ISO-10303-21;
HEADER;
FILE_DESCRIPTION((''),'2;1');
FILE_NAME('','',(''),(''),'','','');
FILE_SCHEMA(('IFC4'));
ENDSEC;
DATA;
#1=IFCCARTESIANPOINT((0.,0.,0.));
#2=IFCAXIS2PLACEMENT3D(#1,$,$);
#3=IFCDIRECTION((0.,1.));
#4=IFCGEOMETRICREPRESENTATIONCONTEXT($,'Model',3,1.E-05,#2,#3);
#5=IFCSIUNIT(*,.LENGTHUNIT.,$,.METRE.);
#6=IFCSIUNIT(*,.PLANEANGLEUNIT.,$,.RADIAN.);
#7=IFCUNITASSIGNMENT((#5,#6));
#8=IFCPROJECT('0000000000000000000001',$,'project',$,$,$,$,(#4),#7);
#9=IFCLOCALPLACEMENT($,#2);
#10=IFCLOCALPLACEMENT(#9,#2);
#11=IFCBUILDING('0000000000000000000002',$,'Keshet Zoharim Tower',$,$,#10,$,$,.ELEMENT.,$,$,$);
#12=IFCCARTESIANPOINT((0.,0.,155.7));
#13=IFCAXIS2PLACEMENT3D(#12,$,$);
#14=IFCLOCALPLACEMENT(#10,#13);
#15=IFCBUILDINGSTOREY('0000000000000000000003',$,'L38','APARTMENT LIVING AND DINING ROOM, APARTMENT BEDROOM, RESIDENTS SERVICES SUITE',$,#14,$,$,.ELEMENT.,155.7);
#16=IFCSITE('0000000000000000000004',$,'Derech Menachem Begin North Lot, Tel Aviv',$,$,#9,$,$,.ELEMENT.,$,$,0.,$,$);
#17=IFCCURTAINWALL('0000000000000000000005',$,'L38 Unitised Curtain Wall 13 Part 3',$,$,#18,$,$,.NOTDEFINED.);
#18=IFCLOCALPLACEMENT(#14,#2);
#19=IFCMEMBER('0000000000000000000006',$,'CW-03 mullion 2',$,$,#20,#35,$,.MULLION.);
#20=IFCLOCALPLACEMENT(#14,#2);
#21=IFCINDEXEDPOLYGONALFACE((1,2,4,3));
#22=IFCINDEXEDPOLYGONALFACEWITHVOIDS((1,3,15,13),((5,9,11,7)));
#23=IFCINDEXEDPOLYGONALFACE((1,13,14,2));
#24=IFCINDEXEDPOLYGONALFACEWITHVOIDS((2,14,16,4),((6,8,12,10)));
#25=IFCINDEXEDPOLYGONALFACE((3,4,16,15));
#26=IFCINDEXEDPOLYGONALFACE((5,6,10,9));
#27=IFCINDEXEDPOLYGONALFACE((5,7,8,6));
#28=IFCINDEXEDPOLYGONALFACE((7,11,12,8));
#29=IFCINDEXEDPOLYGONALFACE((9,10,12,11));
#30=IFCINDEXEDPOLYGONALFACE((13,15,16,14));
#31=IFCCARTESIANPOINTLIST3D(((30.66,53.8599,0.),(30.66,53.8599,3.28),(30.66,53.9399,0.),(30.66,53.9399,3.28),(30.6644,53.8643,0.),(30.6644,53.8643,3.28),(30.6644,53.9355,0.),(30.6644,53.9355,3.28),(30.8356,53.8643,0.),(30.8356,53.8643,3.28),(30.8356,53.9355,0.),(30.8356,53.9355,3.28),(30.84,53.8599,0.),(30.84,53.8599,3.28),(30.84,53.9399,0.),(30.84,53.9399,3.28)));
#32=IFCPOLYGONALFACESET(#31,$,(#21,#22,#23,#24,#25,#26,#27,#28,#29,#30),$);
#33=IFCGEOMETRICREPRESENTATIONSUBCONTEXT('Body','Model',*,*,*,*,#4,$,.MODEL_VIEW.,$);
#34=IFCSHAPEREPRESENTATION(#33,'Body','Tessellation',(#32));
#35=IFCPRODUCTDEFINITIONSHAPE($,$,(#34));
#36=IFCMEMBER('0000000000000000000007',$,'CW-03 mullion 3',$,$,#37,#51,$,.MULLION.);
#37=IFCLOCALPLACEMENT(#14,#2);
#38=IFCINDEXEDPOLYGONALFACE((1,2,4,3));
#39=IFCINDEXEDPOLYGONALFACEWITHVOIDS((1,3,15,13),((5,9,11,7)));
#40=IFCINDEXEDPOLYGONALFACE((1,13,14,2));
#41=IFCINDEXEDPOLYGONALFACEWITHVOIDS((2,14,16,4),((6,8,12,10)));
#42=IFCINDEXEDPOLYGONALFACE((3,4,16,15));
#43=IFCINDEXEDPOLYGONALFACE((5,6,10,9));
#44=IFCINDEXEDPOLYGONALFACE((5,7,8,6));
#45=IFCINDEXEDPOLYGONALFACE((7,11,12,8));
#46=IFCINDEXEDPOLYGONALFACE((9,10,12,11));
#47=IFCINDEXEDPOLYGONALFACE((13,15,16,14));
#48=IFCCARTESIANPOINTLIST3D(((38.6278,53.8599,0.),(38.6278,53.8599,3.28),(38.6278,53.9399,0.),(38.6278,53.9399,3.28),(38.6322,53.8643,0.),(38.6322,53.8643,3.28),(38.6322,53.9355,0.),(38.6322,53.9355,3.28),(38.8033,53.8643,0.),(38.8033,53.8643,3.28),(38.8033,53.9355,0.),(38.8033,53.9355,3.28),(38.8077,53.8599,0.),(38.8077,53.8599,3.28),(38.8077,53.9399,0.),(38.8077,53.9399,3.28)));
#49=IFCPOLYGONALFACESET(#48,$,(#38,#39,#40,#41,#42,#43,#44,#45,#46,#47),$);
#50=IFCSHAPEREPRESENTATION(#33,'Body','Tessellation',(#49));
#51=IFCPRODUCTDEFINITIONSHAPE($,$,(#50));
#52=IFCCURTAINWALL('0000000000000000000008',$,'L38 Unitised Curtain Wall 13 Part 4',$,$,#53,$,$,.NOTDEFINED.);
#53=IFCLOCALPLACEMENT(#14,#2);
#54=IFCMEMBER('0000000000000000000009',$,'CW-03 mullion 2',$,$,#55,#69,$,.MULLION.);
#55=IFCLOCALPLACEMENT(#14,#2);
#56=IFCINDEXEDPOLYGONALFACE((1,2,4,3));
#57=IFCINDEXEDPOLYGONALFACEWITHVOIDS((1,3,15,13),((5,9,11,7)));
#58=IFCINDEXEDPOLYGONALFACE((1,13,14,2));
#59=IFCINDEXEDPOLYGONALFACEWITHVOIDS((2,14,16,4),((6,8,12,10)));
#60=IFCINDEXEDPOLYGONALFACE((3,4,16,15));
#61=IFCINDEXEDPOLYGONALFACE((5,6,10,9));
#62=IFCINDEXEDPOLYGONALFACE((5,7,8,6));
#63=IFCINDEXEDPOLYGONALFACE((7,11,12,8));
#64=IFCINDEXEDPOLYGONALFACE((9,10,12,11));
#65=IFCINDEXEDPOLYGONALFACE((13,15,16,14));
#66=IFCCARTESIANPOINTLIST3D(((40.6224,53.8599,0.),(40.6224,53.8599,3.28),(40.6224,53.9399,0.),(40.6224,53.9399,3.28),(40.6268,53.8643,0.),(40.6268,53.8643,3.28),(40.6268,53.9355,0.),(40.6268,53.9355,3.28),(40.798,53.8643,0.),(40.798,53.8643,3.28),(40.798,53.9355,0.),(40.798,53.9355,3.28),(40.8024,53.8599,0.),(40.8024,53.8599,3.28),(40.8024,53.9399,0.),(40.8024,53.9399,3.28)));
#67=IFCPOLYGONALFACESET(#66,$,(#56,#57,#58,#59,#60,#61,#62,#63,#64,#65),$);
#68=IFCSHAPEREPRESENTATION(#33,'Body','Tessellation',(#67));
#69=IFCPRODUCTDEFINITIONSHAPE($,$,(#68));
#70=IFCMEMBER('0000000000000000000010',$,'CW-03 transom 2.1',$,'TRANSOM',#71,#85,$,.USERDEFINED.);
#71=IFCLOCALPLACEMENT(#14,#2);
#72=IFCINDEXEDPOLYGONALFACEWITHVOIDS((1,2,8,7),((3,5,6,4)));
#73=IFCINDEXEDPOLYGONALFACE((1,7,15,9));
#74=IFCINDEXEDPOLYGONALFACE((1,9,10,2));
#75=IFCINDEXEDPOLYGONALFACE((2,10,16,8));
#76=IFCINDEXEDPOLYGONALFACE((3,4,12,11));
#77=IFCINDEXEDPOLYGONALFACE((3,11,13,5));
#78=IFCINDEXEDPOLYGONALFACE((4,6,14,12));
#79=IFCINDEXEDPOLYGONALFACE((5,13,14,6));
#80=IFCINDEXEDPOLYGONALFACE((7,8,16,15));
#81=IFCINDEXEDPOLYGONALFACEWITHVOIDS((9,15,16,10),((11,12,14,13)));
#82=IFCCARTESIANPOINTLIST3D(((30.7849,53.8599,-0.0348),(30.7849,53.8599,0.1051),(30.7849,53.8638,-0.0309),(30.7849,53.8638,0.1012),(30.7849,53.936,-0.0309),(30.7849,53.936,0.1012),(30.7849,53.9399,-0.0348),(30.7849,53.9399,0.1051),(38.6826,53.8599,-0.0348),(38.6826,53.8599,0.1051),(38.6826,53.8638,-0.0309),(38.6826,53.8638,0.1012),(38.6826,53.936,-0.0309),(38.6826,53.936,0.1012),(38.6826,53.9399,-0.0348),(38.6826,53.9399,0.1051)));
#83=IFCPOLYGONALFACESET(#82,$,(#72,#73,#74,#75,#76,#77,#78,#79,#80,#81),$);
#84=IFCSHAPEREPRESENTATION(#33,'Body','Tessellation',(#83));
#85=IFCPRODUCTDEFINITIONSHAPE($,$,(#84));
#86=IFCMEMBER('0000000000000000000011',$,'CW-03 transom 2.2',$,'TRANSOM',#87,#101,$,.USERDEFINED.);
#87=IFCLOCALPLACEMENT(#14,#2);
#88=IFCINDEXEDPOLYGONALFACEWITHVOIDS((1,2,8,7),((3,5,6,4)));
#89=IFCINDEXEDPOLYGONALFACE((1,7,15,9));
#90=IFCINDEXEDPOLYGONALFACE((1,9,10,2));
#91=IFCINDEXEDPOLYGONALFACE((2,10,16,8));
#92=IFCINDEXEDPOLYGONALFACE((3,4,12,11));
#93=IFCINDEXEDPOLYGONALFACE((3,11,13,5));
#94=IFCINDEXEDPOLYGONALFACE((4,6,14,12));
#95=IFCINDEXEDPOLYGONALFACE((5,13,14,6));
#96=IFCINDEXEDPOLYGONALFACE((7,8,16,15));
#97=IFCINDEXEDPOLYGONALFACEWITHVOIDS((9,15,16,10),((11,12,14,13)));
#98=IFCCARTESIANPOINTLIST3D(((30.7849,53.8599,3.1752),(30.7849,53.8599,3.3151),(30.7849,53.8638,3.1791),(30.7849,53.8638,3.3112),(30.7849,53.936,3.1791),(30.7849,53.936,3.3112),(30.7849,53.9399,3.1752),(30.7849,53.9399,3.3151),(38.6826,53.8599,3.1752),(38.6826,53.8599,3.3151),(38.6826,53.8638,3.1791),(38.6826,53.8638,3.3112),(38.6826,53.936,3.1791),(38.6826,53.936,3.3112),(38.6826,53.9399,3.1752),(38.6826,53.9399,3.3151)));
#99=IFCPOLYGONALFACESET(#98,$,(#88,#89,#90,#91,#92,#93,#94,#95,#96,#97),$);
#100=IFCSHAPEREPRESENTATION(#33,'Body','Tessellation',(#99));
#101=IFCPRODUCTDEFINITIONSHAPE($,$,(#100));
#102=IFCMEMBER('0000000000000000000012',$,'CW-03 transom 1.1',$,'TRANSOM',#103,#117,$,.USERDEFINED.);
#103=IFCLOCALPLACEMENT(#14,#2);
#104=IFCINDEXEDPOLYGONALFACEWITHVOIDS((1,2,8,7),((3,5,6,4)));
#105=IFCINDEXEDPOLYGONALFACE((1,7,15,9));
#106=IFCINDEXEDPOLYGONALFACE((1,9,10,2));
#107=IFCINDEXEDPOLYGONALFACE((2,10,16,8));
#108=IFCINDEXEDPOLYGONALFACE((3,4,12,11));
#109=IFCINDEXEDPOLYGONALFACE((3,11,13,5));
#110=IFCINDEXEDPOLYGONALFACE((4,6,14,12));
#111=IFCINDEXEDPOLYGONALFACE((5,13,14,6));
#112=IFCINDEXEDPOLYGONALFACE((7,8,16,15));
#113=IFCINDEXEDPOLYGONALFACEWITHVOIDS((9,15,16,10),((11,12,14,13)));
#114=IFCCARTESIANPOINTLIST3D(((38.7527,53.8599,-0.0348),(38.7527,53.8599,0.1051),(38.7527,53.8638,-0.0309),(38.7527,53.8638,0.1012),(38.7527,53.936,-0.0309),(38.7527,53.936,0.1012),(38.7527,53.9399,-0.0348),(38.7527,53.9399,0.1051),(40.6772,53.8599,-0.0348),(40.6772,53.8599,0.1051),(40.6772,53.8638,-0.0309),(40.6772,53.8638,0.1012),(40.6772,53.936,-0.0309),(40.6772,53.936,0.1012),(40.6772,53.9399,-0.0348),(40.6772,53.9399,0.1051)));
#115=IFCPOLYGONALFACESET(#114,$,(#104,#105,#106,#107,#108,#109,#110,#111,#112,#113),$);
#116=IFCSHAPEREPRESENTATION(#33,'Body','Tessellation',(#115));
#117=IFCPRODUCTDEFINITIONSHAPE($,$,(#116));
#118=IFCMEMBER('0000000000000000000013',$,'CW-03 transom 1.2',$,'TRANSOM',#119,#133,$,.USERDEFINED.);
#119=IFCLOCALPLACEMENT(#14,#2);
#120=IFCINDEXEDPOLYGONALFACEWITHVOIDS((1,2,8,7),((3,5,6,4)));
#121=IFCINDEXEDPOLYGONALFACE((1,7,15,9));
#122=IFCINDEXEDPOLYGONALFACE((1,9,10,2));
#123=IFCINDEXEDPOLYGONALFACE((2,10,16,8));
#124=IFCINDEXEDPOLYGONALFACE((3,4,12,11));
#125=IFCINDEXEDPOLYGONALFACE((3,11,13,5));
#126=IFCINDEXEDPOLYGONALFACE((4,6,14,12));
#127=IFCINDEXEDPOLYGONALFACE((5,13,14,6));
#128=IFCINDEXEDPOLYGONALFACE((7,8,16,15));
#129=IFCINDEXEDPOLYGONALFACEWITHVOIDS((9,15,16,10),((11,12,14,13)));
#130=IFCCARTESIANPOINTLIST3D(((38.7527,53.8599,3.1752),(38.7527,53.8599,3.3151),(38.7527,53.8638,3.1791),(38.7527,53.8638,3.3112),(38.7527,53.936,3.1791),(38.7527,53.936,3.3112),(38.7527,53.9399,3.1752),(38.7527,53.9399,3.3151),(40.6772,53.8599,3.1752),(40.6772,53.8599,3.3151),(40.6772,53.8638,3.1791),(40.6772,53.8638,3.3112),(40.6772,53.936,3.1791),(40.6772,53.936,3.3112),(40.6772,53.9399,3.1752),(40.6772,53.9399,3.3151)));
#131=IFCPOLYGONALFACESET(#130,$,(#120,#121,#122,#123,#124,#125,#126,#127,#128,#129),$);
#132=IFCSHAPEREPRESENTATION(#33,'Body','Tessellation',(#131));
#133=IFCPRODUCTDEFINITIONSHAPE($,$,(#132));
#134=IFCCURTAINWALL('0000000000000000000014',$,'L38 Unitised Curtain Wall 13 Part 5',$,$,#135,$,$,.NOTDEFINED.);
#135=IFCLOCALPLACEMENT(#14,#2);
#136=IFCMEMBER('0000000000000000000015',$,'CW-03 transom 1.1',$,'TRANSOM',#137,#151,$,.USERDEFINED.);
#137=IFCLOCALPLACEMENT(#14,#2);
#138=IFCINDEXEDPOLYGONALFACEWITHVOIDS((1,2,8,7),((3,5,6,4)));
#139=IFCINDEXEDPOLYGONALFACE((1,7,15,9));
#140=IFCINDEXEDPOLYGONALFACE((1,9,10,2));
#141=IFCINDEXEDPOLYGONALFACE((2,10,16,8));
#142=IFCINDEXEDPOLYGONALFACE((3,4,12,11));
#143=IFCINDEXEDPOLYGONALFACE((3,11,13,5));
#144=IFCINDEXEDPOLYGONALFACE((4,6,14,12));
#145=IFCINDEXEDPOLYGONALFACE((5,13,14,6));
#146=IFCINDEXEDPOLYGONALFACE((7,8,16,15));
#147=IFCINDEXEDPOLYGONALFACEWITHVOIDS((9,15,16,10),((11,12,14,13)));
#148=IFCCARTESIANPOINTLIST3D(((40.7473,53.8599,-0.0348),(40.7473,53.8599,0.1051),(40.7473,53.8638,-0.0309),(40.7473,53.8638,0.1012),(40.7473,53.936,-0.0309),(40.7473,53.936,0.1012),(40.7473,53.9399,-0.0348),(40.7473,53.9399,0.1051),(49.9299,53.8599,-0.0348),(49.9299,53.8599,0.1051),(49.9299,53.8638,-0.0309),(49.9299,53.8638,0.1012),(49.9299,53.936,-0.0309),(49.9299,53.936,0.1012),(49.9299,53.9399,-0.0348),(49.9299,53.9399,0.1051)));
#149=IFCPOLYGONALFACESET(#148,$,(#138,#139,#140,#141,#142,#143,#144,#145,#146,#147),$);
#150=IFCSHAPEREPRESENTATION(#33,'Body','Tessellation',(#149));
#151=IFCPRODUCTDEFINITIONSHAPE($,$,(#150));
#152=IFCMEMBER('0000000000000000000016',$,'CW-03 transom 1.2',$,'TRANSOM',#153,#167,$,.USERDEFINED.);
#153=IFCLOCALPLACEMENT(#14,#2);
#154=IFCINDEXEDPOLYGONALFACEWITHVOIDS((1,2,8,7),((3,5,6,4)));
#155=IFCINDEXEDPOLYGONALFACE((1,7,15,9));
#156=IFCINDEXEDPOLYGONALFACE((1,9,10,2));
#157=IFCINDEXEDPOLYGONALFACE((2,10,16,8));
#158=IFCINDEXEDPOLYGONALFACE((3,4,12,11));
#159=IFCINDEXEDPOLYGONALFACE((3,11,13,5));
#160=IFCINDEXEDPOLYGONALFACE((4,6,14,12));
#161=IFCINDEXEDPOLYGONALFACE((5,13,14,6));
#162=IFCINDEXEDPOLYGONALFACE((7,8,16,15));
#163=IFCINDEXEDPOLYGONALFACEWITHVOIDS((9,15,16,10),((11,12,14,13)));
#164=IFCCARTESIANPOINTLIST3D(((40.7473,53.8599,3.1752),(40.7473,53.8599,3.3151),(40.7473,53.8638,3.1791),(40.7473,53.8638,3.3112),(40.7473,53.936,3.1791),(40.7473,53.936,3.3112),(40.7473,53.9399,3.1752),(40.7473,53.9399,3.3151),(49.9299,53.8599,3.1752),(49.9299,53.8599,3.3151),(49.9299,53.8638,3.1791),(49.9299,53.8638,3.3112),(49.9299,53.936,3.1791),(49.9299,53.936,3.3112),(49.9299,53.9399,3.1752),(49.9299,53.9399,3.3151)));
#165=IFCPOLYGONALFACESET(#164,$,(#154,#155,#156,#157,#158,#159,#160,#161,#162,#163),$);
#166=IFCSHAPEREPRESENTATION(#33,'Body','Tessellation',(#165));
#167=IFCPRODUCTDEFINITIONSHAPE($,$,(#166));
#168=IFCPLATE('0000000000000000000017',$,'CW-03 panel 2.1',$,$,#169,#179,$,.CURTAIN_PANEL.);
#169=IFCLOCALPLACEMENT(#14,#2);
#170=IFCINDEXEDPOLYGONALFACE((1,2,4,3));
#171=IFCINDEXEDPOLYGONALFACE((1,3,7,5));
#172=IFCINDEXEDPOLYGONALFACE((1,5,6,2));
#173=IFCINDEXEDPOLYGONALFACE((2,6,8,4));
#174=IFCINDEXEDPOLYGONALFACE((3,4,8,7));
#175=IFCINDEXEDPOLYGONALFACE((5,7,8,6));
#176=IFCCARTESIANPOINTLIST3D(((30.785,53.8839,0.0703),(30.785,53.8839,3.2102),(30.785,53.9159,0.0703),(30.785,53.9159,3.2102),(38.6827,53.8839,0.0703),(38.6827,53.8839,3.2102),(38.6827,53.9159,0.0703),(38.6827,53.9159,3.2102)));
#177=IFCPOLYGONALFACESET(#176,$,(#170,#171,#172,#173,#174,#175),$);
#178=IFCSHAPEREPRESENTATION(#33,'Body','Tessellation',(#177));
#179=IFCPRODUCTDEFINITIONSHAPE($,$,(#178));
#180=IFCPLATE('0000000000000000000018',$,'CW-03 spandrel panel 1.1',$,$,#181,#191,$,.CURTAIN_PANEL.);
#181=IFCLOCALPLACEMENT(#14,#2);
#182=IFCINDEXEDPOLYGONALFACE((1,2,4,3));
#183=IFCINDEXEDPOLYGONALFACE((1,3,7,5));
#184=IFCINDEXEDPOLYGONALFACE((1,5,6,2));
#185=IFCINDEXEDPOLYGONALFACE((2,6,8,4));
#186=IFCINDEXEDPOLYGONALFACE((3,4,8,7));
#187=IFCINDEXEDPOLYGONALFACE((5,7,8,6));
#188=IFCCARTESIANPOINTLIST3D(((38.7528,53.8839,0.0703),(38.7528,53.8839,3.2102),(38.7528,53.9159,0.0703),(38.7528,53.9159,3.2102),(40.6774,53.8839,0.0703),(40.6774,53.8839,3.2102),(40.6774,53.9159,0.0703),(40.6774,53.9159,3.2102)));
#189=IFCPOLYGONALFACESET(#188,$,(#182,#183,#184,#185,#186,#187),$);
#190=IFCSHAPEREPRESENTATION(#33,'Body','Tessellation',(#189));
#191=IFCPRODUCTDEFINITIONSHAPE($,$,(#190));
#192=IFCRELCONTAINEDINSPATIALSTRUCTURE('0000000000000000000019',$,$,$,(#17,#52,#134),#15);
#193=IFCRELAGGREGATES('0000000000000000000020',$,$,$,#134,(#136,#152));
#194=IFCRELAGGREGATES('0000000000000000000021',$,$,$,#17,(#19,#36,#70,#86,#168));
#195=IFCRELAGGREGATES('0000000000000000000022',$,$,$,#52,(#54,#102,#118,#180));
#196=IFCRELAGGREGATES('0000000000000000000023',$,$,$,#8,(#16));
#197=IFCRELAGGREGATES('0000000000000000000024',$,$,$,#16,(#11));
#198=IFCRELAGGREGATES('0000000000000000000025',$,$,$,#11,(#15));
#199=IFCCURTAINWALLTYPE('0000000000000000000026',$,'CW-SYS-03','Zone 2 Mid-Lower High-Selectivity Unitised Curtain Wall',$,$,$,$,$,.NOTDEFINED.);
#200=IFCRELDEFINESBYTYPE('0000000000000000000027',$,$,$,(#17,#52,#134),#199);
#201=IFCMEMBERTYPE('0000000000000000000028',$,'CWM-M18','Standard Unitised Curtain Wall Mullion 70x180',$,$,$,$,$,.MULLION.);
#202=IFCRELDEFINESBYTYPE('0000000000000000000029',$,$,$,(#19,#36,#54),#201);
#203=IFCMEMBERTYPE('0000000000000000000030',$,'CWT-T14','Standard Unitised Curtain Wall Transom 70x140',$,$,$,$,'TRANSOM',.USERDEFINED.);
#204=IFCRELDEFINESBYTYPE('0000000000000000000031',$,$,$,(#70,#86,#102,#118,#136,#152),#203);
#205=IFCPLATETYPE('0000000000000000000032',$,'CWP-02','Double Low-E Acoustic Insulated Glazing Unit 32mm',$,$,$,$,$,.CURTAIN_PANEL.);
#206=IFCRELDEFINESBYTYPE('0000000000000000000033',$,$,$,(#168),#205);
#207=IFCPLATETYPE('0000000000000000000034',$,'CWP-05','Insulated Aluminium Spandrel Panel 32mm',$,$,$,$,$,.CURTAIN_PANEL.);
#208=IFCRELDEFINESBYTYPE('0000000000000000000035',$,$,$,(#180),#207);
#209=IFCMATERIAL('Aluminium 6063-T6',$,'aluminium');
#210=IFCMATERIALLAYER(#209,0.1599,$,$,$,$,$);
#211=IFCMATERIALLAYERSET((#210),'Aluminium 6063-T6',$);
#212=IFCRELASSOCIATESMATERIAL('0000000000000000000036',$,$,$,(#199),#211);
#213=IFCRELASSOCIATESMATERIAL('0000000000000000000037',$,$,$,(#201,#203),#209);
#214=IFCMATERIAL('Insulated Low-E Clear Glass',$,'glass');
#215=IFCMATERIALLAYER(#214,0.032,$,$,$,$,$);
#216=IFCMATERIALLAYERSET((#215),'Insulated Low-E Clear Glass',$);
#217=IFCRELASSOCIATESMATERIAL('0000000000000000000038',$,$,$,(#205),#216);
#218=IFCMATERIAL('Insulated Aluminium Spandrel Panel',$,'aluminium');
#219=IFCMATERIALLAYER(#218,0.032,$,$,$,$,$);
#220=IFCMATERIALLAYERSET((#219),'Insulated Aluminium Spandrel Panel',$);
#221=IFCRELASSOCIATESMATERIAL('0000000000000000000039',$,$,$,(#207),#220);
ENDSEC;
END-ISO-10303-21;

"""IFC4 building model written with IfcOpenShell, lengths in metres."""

from ifc_helpers import new_model, si_unit, direction, frame, origin, origin_2d, place, context, subcontext, project, spatial, rectangle, hollow_rectangle, extrude, material, layer, layer_set, material_profile, profile_set, type_object, element, aggregate, save


model = new_model("IFC4")

# Units and contexts
model_context = context("Model", 3, precision=1e-05, world=origin(), true_north=direction((0.0, 1.0)))
body_context = subcontext(model_context, "Body", "Model", "MODEL_VIEW")
ifc_project = project(units=[si_unit("LENGTHUNIT", "METRE"), si_unit("PLANEANGLEUNIT", "RADIAN")], contexts=[model_context])

# Site, building, storey
site_placement = place(None, origin())
site = spatial("IfcSite", under=ifc_project, at=site_placement, Name="Derech Menachem Begin North Lot, Tel Aviv", CompositionType="ELEMENT", RefElevation=0.0)
building_placement = place(site_placement, origin())
building = spatial("IfcBuilding", under=site, at=building_placement, Name="Keshet Zoharim Tower", CompositionType="ELEMENT")
storey_placement = place(building_placement, frame((0.0, 0.0, 155.7)))
storey = spatial("IfcBuildingStorey", under=building, at=storey_placement, Name="L38", Description="APARTMENT LIVING AND DINING ROOM, APARTMENT BEDROOM, RESIDENTS SERVICES SUITE", CompositionType="ELEMENT", Elevation=155.7)

# Curtain wall, members
ifc_material_1 = material(Name="Aluminium 6063-T6", Category="aluminium")
ifc_layer_1 = layer(ifc_material_1, 0.1599)
ifc_layer_set_1 = layer_set([ifc_layer_1], Name="Aluminium 6063-T6")
curtain_wall_type = type_object("IfcCurtainWallType", Name="CW-SYS-03", Description="Zone 2 Mid-Lower High-Selectivity Unitised Curtain Wall", PredefinedType="NOTDEFINED", material=ifc_layer_set_1)
curtain_wall_1_placement = place(storey_placement, origin())
curtain_wall_1 = element("IfcCurtainWall", 1, at=curtain_wall_1_placement, inside=storey, type_object=curtain_wall_type, Name="L38 Unitised Curtain Wall 13 Part 3", PredefinedType="NOTDEFINED")
ifc_material_profile_1 = material_profile(ifc_material_1, hollow_rectangle(XDim=0.0801, YDim=0.1799, WallThickness=0.0044, at=origin_2d()), Name="MUL-80x180")
ifc_profile_set_1 = profile_set([ifc_material_profile_1], Name="Aluminium 6063-T6")
member_type_1 = type_object("IfcMemberType", Name="CWM-M18", Description="Standard Unitised Curtain Wall Mullion 70x180", PredefinedType="MULLION", material=ifc_profile_set_1)
member_1_placement = place(storey_placement, frame((30.75, 53.8999, 0.0), z_axis=(0.0, 0.0, 1.0), x_axis=(0.0, 1.0, 0.0)))
member_1 = element("IfcMember", 2, at=member_1_placement, type_object=member_type_1, Name="CW-03 mullion 2", PredefinedType="MULLION", context=body_context, shape_type="SweptSolid", body=[
    extrude(hollow_rectangle(XDim=0.0801, YDim=0.1799, WallThickness=0.0044, at=origin_2d()), origin(), (0.0, 0.0, 1.0), 3.28),
])
member_2_placement = place(storey_placement, frame((38.7178, 53.8999, 0.0), z_axis=(0.0, 0.0, 1.0), x_axis=(0.0, 1.0, 0.0)))
member_2 = element("IfcMember", 3, at=member_2_placement, type_object=member_type_1, Name="CW-03 mullion 3", PredefinedType="MULLION", context=body_context, shape_type="SweptSolid", body=[
    extrude(hollow_rectangle(XDim=0.0801, YDim=0.1799, WallThickness=0.0044, at=origin_2d()), origin(), (0.0, 0.0, 1.0), 3.28),
])

# Curtain wall, member
curtain_wall_2_placement = place(storey_placement, origin())
curtain_wall_2 = element("IfcCurtainWall", 4, at=curtain_wall_2_placement, inside=storey, type_object=curtain_wall_type, Name="L38 Unitised Curtain Wall 13 Part 4", PredefinedType="NOTDEFINED")
member_3_placement = place(storey_placement, frame((40.7124, 53.8999, 0.0), z_axis=(0.0, 0.0, 1.0), x_axis=(0.0, 1.0, 0.0)))
member_3 = element("IfcMember", 5, at=member_3_placement, type_object=member_type_1, Name="CW-03 mullion 2", PredefinedType="MULLION", context=body_context, shape_type="SweptSolid", body=[
    extrude(hollow_rectangle(XDim=0.0801, YDim=0.1799, WallThickness=0.0044, at=origin_2d()), origin(), (0.0, 0.0, 1.0), 3.28),
])

# Members
ifc_material_profile_2 = material_profile(ifc_material_1, hollow_rectangle(XDim=0.0801, YDim=0.1399, WallThickness=0.0039, at=origin_2d()), Name="TRN-80x140")
ifc_profile_set_2 = profile_set([ifc_material_profile_2], Name="Aluminium 6063-T6")
member_type_2 = type_object("IfcMemberType", Name="CWT-T14", Description="Standard Unitised Curtain Wall Transom 70x140", ElementType="TRANSOM", PredefinedType="USERDEFINED", material=ifc_profile_set_2)
member_4_placement = place(storey_placement, frame((30.7849, 53.8999, 0.0352), z_axis=(1.0, 0.0, 0.0), x_axis=(0.0, 1.0, 0.0)))
member_4 = element("IfcMember", 6, at=member_4_placement, type_object=member_type_2, Name="CW-03 transom 2.1", ObjectType="TRANSOM", PredefinedType="USERDEFINED", context=body_context, shape_type="SweptSolid", body=[
    extrude(hollow_rectangle(XDim=0.0801, YDim=0.1399, WallThickness=0.0039, at=origin_2d()), origin(), (0.0, 0.0, 1.0), 7.8977),
])
member_5_placement = place(storey_placement, frame((30.7849, 53.8999, 3.2451), z_axis=(1.0, 0.0, 0.0), x_axis=(0.0, 1.0, 0.0)))
member_5 = element("IfcMember", 7, at=member_5_placement, type_object=member_type_2, Name="CW-03 transom 2.2", ObjectType="TRANSOM", PredefinedType="USERDEFINED", context=body_context, shape_type="SweptSolid", body=[
    extrude(hollow_rectangle(XDim=0.0801, YDim=0.1399, WallThickness=0.0039, at=origin_2d()), origin(), (0.0, 0.0, 1.0), 7.8977),
])
member_6_placement = place(storey_placement, frame((38.7527, 53.8999, 0.0352), z_axis=(1.0, 0.0, 0.0), x_axis=(0.0, 1.0, 0.0)))
member_6 = element("IfcMember", 8, at=member_6_placement, type_object=member_type_2, Name="CW-03 transom 1.1", ObjectType="TRANSOM", PredefinedType="USERDEFINED", context=body_context, shape_type="SweptSolid", body=[
    extrude(hollow_rectangle(XDim=0.0801, YDim=0.1399, WallThickness=0.0039, at=origin_2d()), origin(), (0.0, 0.0, 1.0), 1.9246),
])
member_7_placement = place(storey_placement, frame((38.7527, 53.8999, 3.2451), z_axis=(1.0, 0.0, 0.0), x_axis=(0.0, 1.0, 0.0)))
member_7 = element("IfcMember", 9, at=member_7_placement, type_object=member_type_2, Name="CW-03 transom 1.2", ObjectType="TRANSOM", PredefinedType="USERDEFINED", context=body_context, shape_type="SweptSolid", body=[
    extrude(hollow_rectangle(XDim=0.0801, YDim=0.1399, WallThickness=0.0039, at=origin_2d()), origin(), (0.0, 0.0, 1.0), 1.9246),
])

# Curtain wall, members
curtain_wall_3_placement = place(storey_placement, origin())
curtain_wall_3 = element("IfcCurtainWall", 10, at=curtain_wall_3_placement, inside=storey, type_object=curtain_wall_type, Name="L38 Unitised Curtain Wall 13 Part 5", PredefinedType="NOTDEFINED")
member_8_placement = place(storey_placement, frame((40.7473, 53.8999, 0.0352), z_axis=(1.0, 0.0, 0.0), x_axis=(0.0, 1.0, 0.0)))
member_8 = element("IfcMember", 11, at=member_8_placement, type_object=member_type_2, Name="CW-03 transom 1.1", ObjectType="TRANSOM", PredefinedType="USERDEFINED", context=body_context, shape_type="SweptSolid", body=[
    extrude(hollow_rectangle(XDim=0.0801, YDim=0.1399, WallThickness=0.0039, at=origin_2d()), origin(), (0.0, 0.0, 1.0), 9.1826),
])
member_9_placement = place(storey_placement, frame((40.7473, 53.8999, 3.2451), z_axis=(1.0, 0.0, 0.0), x_axis=(0.0, 1.0, 0.0)))
member_9 = element("IfcMember", 12, at=member_9_placement, type_object=member_type_2, Name="CW-03 transom 1.2", ObjectType="TRANSOM", PredefinedType="USERDEFINED", context=body_context, shape_type="SweptSolid", body=[
    extrude(hollow_rectangle(XDim=0.0801, YDim=0.1399, WallThickness=0.0039, at=origin_2d()), origin(), (0.0, 0.0, 1.0), 9.1826),
])
aggregate(curtain_wall_3, [member_8, member_9])

# Plates
ifc_material_2 = material(Name="Insulated Low-E Clear Glass", Category="glass")
ifc_layer_2 = layer(ifc_material_2, 0.032)
ifc_layer_set_2 = layer_set([ifc_layer_2], Name="Insulated Low-E Clear Glass")
plate_type_1 = type_object("IfcPlateType", Name="CWP-02", Description="Double Low-E Acoustic Insulated Glazing Unit 32mm", PredefinedType="CURTAIN_PANEL", material=ifc_layer_set_2)
plate_1_placement = place(storey_placement, frame((34.7339, 53.8999, 0.0703), z_axis=(0.0, 0.0, 1.0), x_axis=(1.0, 0.0, 0.0)))
plate_1 = element("IfcPlate", 13, at=plate_1_placement, type_object=plate_type_1, Name="CW-03 panel 2.1", PredefinedType="CURTAIN_PANEL", context=body_context, shape_type="SweptSolid", body=[
    extrude(rectangle(XDim=7.8977, YDim=0.032, at=origin_2d()), origin(), (0.0, 0.0, 1.0), 3.1399),
])
aggregate(curtain_wall_1, [member_1, member_2, member_4, member_5, plate_1])
ifc_material_3 = material(Name="Insulated Aluminium Spandrel Panel", Category="aluminium")
ifc_layer_3 = layer(ifc_material_3, 0.032)
ifc_layer_set_3 = layer_set([ifc_layer_3], Name="Insulated Aluminium Spandrel Panel")
plate_type_2 = type_object("IfcPlateType", Name="CWP-05", Description="Insulated Aluminium Spandrel Panel 32mm", PredefinedType="CURTAIN_PANEL", material=ifc_layer_set_3)
plate_2_placement = place(storey_placement, frame((39.7151, 53.8999, 0.0703), z_axis=(0.0, 0.0, 1.0), x_axis=(1.0, 0.0, 0.0)))
plate_2 = element("IfcPlate", 14, at=plate_2_placement, type_object=plate_type_2, Name="CW-03 spandrel panel 1.1", PredefinedType="CURTAIN_PANEL", context=body_context, shape_type="SweptSolid", body=[
    extrude(rectangle(XDim=1.9246, YDim=0.032, at=origin_2d()), origin(), (0.0, 0.0, 1.0), 3.1399),
])
aggregate(curtain_wall_2, [member_3, member_6, member_7, plate_2])

save(model, "model.ifc")
